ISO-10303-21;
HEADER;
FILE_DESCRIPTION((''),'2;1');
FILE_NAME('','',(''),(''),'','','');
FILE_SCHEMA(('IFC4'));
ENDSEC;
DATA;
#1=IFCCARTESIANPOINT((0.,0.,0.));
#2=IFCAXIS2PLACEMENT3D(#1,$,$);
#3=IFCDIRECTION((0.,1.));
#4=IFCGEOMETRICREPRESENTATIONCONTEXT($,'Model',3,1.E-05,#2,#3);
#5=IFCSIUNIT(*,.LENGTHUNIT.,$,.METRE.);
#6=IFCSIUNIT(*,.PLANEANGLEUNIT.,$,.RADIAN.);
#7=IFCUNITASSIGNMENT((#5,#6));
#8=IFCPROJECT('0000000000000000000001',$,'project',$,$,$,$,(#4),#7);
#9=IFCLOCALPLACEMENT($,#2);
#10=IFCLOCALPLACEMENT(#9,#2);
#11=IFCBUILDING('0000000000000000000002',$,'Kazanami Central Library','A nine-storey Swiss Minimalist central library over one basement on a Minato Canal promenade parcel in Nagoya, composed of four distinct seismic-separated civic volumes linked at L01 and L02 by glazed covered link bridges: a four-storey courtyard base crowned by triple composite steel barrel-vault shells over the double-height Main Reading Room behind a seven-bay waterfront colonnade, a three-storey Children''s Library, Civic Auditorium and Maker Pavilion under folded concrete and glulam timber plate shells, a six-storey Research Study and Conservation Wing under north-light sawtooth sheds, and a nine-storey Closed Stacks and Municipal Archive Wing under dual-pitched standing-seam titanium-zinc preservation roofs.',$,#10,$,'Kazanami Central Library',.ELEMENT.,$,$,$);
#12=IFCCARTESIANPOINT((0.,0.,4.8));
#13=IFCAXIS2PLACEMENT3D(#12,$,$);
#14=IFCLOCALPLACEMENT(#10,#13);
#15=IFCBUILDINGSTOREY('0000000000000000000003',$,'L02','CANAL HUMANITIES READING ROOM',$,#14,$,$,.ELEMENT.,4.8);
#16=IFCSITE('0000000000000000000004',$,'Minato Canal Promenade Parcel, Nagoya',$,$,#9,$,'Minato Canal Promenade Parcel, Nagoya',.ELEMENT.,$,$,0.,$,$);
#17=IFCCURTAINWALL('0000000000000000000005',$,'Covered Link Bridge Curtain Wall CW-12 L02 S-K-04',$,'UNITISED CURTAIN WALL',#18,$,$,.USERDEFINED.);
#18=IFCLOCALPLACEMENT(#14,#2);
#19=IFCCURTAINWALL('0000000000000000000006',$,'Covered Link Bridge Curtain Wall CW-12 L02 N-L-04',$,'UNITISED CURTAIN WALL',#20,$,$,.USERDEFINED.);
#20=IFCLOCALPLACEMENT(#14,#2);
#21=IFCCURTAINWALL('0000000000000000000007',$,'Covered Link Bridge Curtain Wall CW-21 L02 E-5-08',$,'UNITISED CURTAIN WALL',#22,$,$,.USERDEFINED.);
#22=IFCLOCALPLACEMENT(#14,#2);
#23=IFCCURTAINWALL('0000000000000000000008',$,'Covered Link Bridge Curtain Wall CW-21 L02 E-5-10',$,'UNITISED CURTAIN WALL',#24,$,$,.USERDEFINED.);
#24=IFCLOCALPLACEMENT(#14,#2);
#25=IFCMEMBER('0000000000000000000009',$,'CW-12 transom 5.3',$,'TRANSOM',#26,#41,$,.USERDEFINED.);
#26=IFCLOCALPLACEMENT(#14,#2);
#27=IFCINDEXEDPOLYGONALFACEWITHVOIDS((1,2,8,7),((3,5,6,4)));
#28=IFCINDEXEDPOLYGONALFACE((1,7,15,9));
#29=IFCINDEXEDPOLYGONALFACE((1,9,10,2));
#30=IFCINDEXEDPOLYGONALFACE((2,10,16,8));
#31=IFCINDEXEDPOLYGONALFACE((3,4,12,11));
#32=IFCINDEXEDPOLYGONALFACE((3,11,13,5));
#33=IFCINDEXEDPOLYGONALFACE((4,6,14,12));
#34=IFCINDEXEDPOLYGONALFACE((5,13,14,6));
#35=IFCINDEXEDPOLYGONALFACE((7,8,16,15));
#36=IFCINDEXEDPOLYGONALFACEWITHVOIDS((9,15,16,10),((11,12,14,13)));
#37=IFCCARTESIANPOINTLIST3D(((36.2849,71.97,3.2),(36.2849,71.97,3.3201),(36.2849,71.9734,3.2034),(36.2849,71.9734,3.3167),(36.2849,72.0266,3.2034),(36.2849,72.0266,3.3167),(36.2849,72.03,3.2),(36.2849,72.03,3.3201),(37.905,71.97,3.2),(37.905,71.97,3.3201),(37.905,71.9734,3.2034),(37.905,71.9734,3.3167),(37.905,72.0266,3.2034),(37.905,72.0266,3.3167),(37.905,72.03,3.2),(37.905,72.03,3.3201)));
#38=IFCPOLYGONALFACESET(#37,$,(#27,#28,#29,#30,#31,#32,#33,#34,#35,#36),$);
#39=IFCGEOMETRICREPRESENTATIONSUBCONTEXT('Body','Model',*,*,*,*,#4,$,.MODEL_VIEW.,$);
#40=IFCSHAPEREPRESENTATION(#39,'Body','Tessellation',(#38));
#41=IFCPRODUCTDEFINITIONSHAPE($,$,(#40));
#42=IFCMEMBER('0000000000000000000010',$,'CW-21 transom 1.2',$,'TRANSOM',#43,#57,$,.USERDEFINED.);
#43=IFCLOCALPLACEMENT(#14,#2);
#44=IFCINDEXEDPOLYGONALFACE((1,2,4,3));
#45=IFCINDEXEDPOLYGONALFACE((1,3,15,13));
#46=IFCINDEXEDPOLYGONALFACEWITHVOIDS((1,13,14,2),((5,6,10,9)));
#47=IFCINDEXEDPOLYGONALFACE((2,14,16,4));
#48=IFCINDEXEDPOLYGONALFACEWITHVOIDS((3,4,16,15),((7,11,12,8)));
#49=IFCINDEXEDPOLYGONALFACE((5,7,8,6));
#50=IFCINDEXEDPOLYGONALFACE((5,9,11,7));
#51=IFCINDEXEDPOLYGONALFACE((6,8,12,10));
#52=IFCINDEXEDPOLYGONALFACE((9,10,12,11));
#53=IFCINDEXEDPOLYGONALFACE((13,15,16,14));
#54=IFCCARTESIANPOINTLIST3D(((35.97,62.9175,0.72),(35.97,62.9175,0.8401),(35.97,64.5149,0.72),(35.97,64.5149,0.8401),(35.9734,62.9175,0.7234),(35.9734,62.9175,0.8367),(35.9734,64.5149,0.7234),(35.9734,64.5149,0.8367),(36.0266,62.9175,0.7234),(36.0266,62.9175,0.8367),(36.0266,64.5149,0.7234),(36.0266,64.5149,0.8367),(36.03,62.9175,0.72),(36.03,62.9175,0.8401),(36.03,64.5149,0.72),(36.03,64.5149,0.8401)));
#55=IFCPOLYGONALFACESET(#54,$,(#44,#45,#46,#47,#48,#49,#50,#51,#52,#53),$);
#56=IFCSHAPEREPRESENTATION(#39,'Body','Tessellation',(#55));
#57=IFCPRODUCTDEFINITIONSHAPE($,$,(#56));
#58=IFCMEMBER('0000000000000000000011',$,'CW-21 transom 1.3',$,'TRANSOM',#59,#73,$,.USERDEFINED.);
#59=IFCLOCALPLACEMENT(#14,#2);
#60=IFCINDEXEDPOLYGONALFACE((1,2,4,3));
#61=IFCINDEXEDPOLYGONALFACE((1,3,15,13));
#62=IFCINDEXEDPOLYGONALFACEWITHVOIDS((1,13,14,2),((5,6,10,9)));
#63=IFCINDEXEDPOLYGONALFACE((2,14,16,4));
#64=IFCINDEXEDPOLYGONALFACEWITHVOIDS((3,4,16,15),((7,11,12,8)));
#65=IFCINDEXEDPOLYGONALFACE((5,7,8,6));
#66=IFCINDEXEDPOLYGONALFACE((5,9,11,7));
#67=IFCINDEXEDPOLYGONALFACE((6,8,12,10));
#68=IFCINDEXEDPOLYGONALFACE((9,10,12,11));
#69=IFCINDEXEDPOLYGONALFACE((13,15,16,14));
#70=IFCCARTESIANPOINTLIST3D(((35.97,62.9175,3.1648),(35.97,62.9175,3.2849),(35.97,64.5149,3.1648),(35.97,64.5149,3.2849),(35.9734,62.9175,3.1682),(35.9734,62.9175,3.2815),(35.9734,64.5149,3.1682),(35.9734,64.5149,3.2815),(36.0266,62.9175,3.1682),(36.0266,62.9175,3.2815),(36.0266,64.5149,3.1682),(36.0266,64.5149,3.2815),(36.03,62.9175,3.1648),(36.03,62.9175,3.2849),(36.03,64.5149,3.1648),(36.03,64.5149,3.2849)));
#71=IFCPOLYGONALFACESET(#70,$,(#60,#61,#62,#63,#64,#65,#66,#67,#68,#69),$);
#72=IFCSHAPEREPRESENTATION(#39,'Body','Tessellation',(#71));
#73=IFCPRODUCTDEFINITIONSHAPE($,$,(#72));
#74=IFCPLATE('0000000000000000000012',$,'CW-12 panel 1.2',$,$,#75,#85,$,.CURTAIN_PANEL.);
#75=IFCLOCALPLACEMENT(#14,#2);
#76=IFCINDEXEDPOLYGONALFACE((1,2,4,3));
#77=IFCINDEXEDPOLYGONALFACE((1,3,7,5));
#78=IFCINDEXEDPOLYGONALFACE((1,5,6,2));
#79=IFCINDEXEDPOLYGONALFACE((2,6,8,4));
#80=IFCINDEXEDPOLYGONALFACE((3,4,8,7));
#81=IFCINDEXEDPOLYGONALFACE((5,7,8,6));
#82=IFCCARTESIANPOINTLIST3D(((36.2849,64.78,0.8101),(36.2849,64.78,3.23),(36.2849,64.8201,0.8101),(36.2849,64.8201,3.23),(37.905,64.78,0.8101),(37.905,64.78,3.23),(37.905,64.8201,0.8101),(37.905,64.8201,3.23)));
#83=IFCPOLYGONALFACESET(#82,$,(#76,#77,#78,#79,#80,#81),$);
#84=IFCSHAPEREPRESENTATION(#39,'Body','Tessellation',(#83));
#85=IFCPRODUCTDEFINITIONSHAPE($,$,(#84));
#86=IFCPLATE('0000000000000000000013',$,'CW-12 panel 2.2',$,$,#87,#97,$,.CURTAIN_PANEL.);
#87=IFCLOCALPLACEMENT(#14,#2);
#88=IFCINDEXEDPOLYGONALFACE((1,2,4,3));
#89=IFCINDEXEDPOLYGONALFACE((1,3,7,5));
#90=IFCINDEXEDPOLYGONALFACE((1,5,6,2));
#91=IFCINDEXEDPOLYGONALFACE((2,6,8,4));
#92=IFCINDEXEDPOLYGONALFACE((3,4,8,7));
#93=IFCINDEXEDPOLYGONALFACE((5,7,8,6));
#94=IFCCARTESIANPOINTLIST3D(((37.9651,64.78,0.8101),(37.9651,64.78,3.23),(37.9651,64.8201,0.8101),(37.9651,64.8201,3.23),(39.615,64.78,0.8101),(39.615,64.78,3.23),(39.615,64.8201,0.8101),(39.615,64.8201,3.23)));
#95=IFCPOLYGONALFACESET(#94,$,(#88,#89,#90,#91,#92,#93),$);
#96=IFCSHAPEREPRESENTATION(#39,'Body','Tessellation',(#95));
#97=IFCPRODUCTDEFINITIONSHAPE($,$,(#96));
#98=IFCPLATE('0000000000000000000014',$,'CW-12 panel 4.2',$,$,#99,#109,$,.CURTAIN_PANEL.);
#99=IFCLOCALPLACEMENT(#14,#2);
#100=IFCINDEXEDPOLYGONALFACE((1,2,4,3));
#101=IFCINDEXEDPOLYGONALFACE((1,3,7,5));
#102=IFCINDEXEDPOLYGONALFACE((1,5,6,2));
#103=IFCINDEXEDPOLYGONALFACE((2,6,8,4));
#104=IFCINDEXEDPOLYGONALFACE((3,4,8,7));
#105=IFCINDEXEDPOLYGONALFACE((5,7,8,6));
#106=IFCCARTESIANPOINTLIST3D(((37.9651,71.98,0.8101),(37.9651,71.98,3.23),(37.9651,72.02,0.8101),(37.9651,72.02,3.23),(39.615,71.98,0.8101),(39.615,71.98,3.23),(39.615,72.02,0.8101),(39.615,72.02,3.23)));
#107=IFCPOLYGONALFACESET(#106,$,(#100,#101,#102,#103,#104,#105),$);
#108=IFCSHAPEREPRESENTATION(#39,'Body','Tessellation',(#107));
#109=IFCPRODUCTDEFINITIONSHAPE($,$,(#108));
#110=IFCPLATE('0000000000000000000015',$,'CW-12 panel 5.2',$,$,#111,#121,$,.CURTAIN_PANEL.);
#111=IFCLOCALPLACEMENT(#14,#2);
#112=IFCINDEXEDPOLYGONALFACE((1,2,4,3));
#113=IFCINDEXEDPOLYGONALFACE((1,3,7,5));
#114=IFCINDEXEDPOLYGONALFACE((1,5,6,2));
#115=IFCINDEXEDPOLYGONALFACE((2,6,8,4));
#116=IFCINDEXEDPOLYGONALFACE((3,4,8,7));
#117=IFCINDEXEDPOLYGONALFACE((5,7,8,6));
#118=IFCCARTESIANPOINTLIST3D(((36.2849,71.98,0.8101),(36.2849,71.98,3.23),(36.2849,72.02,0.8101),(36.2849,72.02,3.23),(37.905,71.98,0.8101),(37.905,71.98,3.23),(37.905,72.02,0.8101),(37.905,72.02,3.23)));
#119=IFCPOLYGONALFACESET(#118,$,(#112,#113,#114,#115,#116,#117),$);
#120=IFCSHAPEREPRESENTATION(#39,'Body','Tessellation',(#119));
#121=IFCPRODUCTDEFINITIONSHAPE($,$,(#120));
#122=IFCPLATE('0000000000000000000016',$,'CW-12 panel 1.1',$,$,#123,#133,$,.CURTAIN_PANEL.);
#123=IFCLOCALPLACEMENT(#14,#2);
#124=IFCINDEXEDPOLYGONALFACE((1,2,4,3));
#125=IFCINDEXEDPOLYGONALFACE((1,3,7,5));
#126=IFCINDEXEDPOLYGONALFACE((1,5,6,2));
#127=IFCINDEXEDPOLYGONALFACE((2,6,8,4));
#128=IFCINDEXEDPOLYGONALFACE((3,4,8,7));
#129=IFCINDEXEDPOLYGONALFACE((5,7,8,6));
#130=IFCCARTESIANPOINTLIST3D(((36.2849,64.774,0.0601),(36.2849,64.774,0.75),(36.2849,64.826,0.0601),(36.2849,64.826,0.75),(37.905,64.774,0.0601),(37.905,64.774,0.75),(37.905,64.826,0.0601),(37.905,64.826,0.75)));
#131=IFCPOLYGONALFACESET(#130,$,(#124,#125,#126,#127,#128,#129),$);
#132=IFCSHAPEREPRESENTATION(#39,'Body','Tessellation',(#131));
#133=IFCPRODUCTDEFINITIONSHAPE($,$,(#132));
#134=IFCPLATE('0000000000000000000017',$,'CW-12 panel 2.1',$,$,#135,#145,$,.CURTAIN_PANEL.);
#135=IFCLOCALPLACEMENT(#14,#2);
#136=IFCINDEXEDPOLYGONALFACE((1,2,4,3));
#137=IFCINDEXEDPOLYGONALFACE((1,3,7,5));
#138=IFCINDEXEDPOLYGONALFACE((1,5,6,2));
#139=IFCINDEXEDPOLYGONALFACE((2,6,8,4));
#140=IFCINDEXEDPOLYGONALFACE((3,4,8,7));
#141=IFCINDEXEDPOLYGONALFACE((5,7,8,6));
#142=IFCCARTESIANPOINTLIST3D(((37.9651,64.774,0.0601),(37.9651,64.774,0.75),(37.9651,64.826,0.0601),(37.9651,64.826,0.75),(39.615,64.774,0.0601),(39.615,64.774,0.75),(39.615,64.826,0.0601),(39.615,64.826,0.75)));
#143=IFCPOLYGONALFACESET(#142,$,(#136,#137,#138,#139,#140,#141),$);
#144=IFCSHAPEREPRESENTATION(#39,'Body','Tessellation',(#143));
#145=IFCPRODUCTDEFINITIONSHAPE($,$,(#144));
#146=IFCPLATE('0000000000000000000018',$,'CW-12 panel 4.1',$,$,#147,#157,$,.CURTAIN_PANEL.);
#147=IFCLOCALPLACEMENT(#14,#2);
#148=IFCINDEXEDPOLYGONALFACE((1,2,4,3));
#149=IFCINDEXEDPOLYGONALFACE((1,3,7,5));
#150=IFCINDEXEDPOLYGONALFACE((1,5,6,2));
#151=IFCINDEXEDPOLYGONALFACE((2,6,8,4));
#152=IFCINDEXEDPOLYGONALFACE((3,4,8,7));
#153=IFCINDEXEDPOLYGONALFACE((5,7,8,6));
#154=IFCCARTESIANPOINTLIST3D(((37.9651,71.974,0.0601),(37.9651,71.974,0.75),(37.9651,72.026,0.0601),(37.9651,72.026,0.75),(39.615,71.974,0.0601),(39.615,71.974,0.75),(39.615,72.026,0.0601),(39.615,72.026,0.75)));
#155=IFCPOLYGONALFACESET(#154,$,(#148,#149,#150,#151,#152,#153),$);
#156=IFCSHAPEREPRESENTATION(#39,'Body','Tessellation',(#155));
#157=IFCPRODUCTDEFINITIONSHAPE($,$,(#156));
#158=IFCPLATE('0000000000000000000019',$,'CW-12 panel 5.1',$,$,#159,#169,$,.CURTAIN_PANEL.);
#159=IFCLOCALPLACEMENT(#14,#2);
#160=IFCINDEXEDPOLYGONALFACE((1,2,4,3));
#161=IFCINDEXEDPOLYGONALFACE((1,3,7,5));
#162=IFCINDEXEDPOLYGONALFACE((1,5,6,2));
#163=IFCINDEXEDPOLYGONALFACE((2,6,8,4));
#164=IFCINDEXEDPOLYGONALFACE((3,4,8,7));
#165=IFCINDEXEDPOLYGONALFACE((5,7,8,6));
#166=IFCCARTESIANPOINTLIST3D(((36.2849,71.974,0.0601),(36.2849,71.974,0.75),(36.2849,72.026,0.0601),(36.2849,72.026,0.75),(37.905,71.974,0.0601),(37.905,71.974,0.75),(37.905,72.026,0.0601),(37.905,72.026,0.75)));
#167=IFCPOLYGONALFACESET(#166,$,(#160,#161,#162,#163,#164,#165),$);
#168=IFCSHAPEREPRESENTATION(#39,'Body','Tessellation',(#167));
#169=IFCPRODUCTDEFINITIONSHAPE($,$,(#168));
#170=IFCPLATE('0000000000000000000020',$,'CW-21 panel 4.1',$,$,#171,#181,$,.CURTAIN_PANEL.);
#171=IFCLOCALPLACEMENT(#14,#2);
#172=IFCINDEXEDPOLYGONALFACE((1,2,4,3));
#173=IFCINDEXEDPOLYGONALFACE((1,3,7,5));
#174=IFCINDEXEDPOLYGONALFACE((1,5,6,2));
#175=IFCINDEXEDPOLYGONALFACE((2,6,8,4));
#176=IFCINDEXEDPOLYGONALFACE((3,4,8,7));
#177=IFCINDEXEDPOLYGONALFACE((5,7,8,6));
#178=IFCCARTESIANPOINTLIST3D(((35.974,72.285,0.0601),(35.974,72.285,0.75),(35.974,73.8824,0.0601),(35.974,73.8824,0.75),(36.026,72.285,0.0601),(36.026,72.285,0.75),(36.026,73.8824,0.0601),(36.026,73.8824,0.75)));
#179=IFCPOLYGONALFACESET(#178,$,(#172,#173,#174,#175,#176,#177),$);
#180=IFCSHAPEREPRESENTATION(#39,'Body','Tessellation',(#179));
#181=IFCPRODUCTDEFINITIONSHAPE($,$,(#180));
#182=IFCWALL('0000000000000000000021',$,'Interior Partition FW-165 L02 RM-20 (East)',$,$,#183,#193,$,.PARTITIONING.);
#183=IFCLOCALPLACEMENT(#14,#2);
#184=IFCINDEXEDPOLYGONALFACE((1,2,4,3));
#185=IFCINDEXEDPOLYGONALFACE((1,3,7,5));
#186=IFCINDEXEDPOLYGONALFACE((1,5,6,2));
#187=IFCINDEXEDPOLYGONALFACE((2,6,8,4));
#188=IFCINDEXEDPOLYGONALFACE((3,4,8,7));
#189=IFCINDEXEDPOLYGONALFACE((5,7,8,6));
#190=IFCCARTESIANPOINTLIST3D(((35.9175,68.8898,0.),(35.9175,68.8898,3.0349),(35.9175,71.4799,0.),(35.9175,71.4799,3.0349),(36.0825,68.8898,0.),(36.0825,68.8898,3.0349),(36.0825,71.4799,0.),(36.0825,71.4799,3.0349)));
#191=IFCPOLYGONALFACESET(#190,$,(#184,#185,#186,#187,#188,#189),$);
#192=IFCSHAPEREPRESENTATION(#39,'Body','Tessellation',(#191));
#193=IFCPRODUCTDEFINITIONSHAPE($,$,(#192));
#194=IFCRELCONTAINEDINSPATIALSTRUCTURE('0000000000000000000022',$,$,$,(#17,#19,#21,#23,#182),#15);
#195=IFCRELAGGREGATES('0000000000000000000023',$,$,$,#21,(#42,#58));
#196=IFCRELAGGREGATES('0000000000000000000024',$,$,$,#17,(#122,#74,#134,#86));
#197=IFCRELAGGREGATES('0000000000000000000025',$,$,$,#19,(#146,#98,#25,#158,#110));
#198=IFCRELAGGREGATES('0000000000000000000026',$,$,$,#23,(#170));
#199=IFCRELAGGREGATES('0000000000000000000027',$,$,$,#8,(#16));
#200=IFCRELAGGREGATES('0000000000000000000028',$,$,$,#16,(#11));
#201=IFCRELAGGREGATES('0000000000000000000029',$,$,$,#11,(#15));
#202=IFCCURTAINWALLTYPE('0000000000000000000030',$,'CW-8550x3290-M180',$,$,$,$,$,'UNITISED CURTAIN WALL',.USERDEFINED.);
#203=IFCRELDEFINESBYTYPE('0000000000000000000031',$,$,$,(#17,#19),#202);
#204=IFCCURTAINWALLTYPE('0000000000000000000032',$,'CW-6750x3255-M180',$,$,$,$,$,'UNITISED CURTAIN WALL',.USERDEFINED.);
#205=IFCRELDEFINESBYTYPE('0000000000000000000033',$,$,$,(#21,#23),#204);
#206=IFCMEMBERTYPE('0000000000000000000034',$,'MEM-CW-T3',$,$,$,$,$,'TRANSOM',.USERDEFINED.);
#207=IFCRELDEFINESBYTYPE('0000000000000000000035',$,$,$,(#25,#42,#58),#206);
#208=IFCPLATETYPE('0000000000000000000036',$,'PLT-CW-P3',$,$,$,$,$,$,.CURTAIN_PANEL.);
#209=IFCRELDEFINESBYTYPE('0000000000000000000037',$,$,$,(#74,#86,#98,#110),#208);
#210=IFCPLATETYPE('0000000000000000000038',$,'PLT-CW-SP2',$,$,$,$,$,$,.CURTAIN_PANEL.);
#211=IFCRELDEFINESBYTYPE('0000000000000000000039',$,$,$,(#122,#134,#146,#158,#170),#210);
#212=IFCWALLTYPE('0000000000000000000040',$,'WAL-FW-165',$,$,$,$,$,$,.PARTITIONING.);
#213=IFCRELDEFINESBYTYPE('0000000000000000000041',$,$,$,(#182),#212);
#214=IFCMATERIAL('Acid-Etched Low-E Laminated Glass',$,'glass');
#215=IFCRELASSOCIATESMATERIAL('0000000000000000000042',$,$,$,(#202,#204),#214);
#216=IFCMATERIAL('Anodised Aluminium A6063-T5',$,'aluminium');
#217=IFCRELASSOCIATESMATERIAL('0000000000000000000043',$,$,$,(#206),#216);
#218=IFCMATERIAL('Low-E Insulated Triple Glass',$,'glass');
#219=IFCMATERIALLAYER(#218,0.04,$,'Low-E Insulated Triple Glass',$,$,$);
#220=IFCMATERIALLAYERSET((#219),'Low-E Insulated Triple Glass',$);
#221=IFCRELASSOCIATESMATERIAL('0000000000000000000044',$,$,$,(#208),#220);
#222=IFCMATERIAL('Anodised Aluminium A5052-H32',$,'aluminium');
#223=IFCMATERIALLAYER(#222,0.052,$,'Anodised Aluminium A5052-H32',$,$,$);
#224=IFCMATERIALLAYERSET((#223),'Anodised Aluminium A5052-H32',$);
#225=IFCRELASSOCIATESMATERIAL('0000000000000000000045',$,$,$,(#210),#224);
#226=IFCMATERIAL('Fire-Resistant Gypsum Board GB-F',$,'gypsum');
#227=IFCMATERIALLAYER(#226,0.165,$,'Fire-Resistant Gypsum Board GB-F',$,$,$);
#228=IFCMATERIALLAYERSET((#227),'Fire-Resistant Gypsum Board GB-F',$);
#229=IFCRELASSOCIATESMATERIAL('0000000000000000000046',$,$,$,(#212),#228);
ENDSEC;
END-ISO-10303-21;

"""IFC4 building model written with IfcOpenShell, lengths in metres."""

from ifc_helpers import new_model, si_unit, direction, frame, frame_2d, origin, origin_2d, place, context, subcontext, project, spatial, rectangle, hollow_rectangle, extrude, material, layer, layer_set, material_profile, profile_set, type_object, element, aggregate, save


model = new_model("IFC4")

# Units and contexts
model_context = context("Model", 3, precision=1e-05, world=origin(), true_north=direction((0.0, 1.0)))
body_context = subcontext(model_context, "Body", "Model", "MODEL_VIEW")
ifc_project = project(units=[si_unit("LENGTHUNIT", "METRE"), si_unit("PLANEANGLEUNIT", "RADIAN")], contexts=[model_context])

# Site, building, storey
site_placement = place(None, origin())
site = spatial("IfcSite", under=ifc_project, at=site_placement, Name="Minato Canal Promenade Parcel, Nagoya", LongName="Minato Canal Promenade Parcel, Nagoya", CompositionType="ELEMENT", RefElevation=0.0)
building_placement = place(site_placement, origin())
building = spatial("IfcBuilding", under=site, at=building_placement, Name="Kazanami Central Library", Description="A nine-storey Swiss Minimalist central library over one basement on a Minato Canal promenade parcel in Nagoya, composed of four distinct seismic-separated civic volumes linked at L01 and L02 by glazed covered link bridges: a four-storey courtyard base crowned by triple composite steel barrel-vault shells over the double-height Main Reading Room behind a seven-bay waterfront colonnade, a three-storey Children's Library, Civic Auditorium and Maker Pavilion under folded concrete and glulam timber plate shells, a six-storey Research Study and Conservation Wing under north-light sawtooth sheds, and a nine-storey Closed Stacks and Municipal Archive Wing under dual-pitched standing-seam titanium-zinc preservation roofs.", LongName="Kazanami Central Library", CompositionType="ELEMENT")
storey_placement = place(building_placement, frame((0.0, 0.0, 4.8)))
storey = spatial("IfcBuildingStorey", under=building, at=storey_placement, Name="L02", Description="CANAL HUMANITIES READING ROOM", CompositionType="ELEMENT", Elevation=4.8)

# Curtain walls
ifc_material_1 = material(Name="Acid-Etched Low-E Laminated Glass", Category="glass")
curtain_wall_type_1 = type_object("IfcCurtainWallType", Name="CW-8550x3290-M180", ElementType="UNITISED CURTAIN WALL", PredefinedType="USERDEFINED", material=ifc_material_1)
curtain_wall_1_placement = place(storey_placement, origin())
curtain_wall_1 = element("IfcCurtainWall", 1, at=curtain_wall_1_placement, inside=storey, type_object=curtain_wall_type_1, Name="Covered Link Bridge Curtain Wall CW-12 L02 S-K-04", ObjectType="UNITISED CURTAIN WALL", PredefinedType="USERDEFINED")
ifc_material_2 = material(Name="Anodised Aluminium A6063-T5", Category="aluminium")
curtain_wall_2_placement = place(storey_placement, origin())
curtain_wall_2 = element("IfcCurtainWall", 2, at=curtain_wall_2_placement, inside=storey, type_object=curtain_wall_type_1, Name="Covered Link Bridge Curtain Wall CW-12 L02 N-L-04", ObjectType="UNITISED CURTAIN WALL", PredefinedType="USERDEFINED")

# Curtain walls
curtain_wall_type_2 = type_object("IfcCurtainWallType", Name="CW-6750x3255-M180", ElementType="UNITISED CURTAIN WALL", PredefinedType="USERDEFINED", material=ifc_material_1)
curtain_wall_3_placement = place(storey_placement, origin())
curtain_wall_3 = element("IfcCurtainWall", 3, at=curtain_wall_3_placement, inside=storey, type_object=curtain_wall_type_2, Name="Covered Link Bridge Curtain Wall CW-21 L02 E-5-08", ObjectType="UNITISED CURTAIN WALL", PredefinedType="USERDEFINED")
curtain_wall_4_placement = place(storey_placement, origin())
curtain_wall_4 = element("IfcCurtainWall", 4, at=curtain_wall_4_placement, inside=storey, type_object=curtain_wall_type_2, Name="Covered Link Bridge Curtain Wall CW-21 L02 E-5-10", ObjectType="UNITISED CURTAIN WALL", PredefinedType="USERDEFINED")

# Members
ifc_material_profile_1 = material_profile(ifc_material_2, hollow_rectangle(XDim=0.0601, YDim=0.1201, WallThickness=0.0034, at=origin_2d()), Name="ALU-TRAN-60x120x3.5")
ifc_profile_set_1 = profile_set([ifc_material_profile_1], Name="Anodised Aluminium A6063-T5")
member_type_1 = type_object("IfcMemberType", Name="MEM-CW-T3", ElementType="TRANSOM", PredefinedType="USERDEFINED", material=ifc_profile_set_1)
member_1_placement = place(storey_placement, frame((37.905, 72.0, 3.26), z_axis=(-1.0, 0.0, 0.0), x_axis=(0.0, -1.0, 0.0)))
member_1 = element("IfcMember", 5, at=member_1_placement, type_object=member_type_1, Name="CW-12 transom 5.3", ObjectType="TRANSOM", PredefinedType="USERDEFINED", context=body_context, shape_type="SweptSolid", body=[
    extrude(hollow_rectangle(XDim=0.0601, YDim=0.1201, WallThickness=0.0034, at=origin_2d()), origin(), (0.0, 0.0, 1.0), 1.6201),
])
member_2_placement = place(storey_placement, frame((36.0, 64.5149, 0.78), z_axis=(0.0, -1.0, 0.0), x_axis=(1.0, 0.0, 0.0)))
member_2 = element("IfcMember", 6, at=member_2_placement, type_object=member_type_1, Name="CW-21 transom 1.2", ObjectType="TRANSOM", PredefinedType="USERDEFINED", context=body_context, shape_type="SweptSolid", body=[
    extrude(hollow_rectangle(XDim=0.0601, YDim=0.1201, WallThickness=0.0034, at=origin_2d()), origin(), (0.0, 0.0, 1.0), 1.5974),
])
member_3_placement = place(storey_placement, frame((36.0, 64.5149, 3.2249), z_axis=(0.0, -1.0, 0.0), x_axis=(1.0, 0.0, 0.0)))
member_3 = element("IfcMember", 7, at=member_3_placement, type_object=member_type_1, Name="CW-21 transom 1.3", ObjectType="TRANSOM", PredefinedType="USERDEFINED", context=body_context, shape_type="SweptSolid", body=[
    extrude(hollow_rectangle(XDim=0.0601, YDim=0.1201, WallThickness=0.0034, at=origin_2d()), origin(), (0.0, 0.0, 1.0), 1.5974),
])
aggregate(curtain_wall_3, [member_2, member_3])

# Plates
ifc_material_3 = material(Name="Low-E Insulated Triple Glass", Category="glass")
ifc_layer_1 = layer(ifc_material_3, 0.04, Name="Low-E Insulated Triple Glass")
ifc_layer_set_1 = layer_set([ifc_layer_1], Name="Low-E Insulated Triple Glass")
plate_type_1 = type_object("IfcPlateType", Name="PLT-CW-P3", PredefinedType="CURTAIN_PANEL", material=ifc_layer_set_1)
plate_1_placement = place(storey_placement, frame((37.095, 64.8, 0.8101), z_axis=(0.0, 0.0, 1.0), x_axis=(1.0, 0.0, 0.0)))
plate_1 = element("IfcPlate", 8, at=plate_1_placement, type_object=plate_type_1, Name="CW-12 panel 1.2", PredefinedType="CURTAIN_PANEL", context=body_context, shape_type="SweptSolid", body=[
    extrude(rectangle(XDim=1.6201, YDim=0.04, at=origin_2d()), origin(), (0.0, 0.0, 1.0), 2.4199),
])
plate_2_placement = place(storey_placement, frame((38.79, 64.8, 0.8101), z_axis=(0.0, 0.0, 1.0), x_axis=(1.0, 0.0, 0.0)))
plate_2 = element("IfcPlate", 9, at=plate_2_placement, type_object=plate_type_1, Name="CW-12 panel 2.2", PredefinedType="CURTAIN_PANEL", context=body_context, shape_type="SweptSolid", body=[
    extrude(rectangle(XDim=1.6499, YDim=0.04, at=origin_2d()), origin(), (0.0, 0.0, 1.0), 2.4199),
])
plate_3_placement = place(storey_placement, frame((38.79, 72.0, 0.8101), z_axis=(0.0, 0.0, 1.0), x_axis=(-1.0, 0.0, 0.0)))
plate_3 = element("IfcPlate", 10, at=plate_3_placement, type_object=plate_type_1, Name="CW-12 panel 4.2", PredefinedType="CURTAIN_PANEL", context=body_context, shape_type="SweptSolid", body=[
    extrude(rectangle(XDim=1.6499, YDim=0.04, at=origin_2d()), origin(), (0.0, 0.0, 1.0), 2.4199),
])
plate_4_placement = place(storey_placement, frame((37.095, 72.0, 0.8101), z_axis=(0.0, 0.0, 1.0), x_axis=(-1.0, 0.0, 0.0)))
plate_4 = element("IfcPlate", 11, at=plate_4_placement, type_object=plate_type_1, Name="CW-12 panel 5.2", PredefinedType="CURTAIN_PANEL", context=body_context, shape_type="SweptSolid", body=[
    extrude(rectangle(XDim=1.6201, YDim=0.04, at=origin_2d()), origin(), (0.0, 0.0, 1.0), 2.4199),
])
ifc_material_4 = material(Name="Anodised Aluminium A5052-H32", Category="aluminium")
ifc_layer_2 = layer(ifc_material_4, 0.052, Name="Anodised Aluminium A5052-H32")
ifc_layer_set_2 = layer_set([ifc_layer_2], Name="Anodised Aluminium A5052-H32")
plate_type_2 = type_object("IfcPlateType", Name="PLT-CW-SP2", PredefinedType="CURTAIN_PANEL", material=ifc_layer_set_2)
plate_5_placement = place(storey_placement, frame((37.095, 64.8, 0.0601), z_axis=(0.0, 0.0, 1.0), x_axis=(1.0, 0.0, 0.0)))
plate_5 = element("IfcPlate", 12, at=plate_5_placement, type_object=plate_type_2, Name="CW-12 panel 1.1", PredefinedType="CURTAIN_PANEL", context=body_context, shape_type="SweptSolid", body=[
    extrude(rectangle(XDim=1.6201, YDim=0.052, at=origin_2d()), origin(), (0.0, 0.0, 1.0), 0.6899),
])
plate_6_placement = place(storey_placement, frame((38.79, 64.8, 0.0601), z_axis=(0.0, 0.0, 1.0), x_axis=(1.0, 0.0, 0.0)))
plate_6 = element("IfcPlate", 13, at=plate_6_placement, type_object=plate_type_2, Name="CW-12 panel 2.1", PredefinedType="CURTAIN_PANEL", context=body_context, shape_type="SweptSolid", body=[
    extrude(rectangle(XDim=1.6499, YDim=0.052, at=origin_2d()), origin(), (0.0, 0.0, 1.0), 0.6899),
])
aggregate(curtain_wall_1, [plate_5, plate_1, plate_6, plate_2])
plate_7_placement = place(storey_placement, frame((38.79, 72.0, 0.0601), z_axis=(0.0, 0.0, 1.0), x_axis=(-1.0, 0.0, 0.0)))
plate_7 = element("IfcPlate", 14, at=plate_7_placement, type_object=plate_type_2, Name="CW-12 panel 4.1", PredefinedType="CURTAIN_PANEL", context=body_context, shape_type="SweptSolid", body=[
    extrude(rectangle(XDim=1.6499, YDim=0.052, at=origin_2d()), origin(), (0.0, 0.0, 1.0), 0.6899),
])
plate_8_placement = place(storey_placement, frame((37.095, 72.0, 0.0601), z_axis=(0.0, 0.0, 1.0), x_axis=(-1.0, 0.0, 0.0)))
plate_8 = element("IfcPlate", 15, at=plate_8_placement, type_object=plate_type_2, Name="CW-12 panel 5.1", PredefinedType="CURTAIN_PANEL", context=body_context, shape_type="SweptSolid", body=[
    extrude(rectangle(XDim=1.6201, YDim=0.052, at=origin_2d()), origin(), (0.0, 0.0, 1.0), 0.6899),
])
aggregate(curtain_wall_2, [plate_7, plate_3, member_1, plate_8, plate_4])
plate_9_placement = place(storey_placement, frame((36.0, 73.0837, 0.0601), z_axis=(0.0, 0.0, 1.0), x_axis=(0.0, -1.0, 0.0)))
plate_9 = element("IfcPlate", 16, at=plate_9_placement, type_object=plate_type_2, Name="CW-21 panel 4.1", PredefinedType="CURTAIN_PANEL", context=body_context, shape_type="SweptSolid", body=[
    extrude(rectangle(XDim=1.5974, YDim=0.052, at=origin_2d()), origin(), (0.0, 0.0, 1.0), 0.6899),
])
aggregate(curtain_wall_4, [plate_9])

# Wall
ifc_material_5 = material(Name="Fire-Resistant Gypsum Board GB-F", Category="gypsum")
ifc_layer_3 = layer(ifc_material_5, 0.165, Name="Fire-Resistant Gypsum Board GB-F")
ifc_layer_set_3 = layer_set([ifc_layer_3], Name="Fire-Resistant Gypsum Board GB-F")
wall_type_1 = type_object("IfcWallType", Name="WAL-FW-165", PredefinedType="PARTITIONING", material=ifc_layer_set_3)
wall_placement = place(storey_placement, frame((36.0, 68.8899, 0.0), z_axis=(0.0, 0.0, 1.0), x_axis=(0.0, 1.0, 0.0)))
element("IfcWall", 17, at=wall_placement, inside=storey, type_object=wall_type_1, Name="Interior Partition FW-165 L02 RM-20 (East)", PredefinedType="PARTITIONING", context=body_context, shape_type="SweptSolid", body=[
    extrude(rectangle(XDim=2.5901, YDim=0.165, at=frame_2d((1.2949, 0.0))), origin(), (0.0, 0.0, 1.0), 3.0349),
])

save(model, "model.ifc")
